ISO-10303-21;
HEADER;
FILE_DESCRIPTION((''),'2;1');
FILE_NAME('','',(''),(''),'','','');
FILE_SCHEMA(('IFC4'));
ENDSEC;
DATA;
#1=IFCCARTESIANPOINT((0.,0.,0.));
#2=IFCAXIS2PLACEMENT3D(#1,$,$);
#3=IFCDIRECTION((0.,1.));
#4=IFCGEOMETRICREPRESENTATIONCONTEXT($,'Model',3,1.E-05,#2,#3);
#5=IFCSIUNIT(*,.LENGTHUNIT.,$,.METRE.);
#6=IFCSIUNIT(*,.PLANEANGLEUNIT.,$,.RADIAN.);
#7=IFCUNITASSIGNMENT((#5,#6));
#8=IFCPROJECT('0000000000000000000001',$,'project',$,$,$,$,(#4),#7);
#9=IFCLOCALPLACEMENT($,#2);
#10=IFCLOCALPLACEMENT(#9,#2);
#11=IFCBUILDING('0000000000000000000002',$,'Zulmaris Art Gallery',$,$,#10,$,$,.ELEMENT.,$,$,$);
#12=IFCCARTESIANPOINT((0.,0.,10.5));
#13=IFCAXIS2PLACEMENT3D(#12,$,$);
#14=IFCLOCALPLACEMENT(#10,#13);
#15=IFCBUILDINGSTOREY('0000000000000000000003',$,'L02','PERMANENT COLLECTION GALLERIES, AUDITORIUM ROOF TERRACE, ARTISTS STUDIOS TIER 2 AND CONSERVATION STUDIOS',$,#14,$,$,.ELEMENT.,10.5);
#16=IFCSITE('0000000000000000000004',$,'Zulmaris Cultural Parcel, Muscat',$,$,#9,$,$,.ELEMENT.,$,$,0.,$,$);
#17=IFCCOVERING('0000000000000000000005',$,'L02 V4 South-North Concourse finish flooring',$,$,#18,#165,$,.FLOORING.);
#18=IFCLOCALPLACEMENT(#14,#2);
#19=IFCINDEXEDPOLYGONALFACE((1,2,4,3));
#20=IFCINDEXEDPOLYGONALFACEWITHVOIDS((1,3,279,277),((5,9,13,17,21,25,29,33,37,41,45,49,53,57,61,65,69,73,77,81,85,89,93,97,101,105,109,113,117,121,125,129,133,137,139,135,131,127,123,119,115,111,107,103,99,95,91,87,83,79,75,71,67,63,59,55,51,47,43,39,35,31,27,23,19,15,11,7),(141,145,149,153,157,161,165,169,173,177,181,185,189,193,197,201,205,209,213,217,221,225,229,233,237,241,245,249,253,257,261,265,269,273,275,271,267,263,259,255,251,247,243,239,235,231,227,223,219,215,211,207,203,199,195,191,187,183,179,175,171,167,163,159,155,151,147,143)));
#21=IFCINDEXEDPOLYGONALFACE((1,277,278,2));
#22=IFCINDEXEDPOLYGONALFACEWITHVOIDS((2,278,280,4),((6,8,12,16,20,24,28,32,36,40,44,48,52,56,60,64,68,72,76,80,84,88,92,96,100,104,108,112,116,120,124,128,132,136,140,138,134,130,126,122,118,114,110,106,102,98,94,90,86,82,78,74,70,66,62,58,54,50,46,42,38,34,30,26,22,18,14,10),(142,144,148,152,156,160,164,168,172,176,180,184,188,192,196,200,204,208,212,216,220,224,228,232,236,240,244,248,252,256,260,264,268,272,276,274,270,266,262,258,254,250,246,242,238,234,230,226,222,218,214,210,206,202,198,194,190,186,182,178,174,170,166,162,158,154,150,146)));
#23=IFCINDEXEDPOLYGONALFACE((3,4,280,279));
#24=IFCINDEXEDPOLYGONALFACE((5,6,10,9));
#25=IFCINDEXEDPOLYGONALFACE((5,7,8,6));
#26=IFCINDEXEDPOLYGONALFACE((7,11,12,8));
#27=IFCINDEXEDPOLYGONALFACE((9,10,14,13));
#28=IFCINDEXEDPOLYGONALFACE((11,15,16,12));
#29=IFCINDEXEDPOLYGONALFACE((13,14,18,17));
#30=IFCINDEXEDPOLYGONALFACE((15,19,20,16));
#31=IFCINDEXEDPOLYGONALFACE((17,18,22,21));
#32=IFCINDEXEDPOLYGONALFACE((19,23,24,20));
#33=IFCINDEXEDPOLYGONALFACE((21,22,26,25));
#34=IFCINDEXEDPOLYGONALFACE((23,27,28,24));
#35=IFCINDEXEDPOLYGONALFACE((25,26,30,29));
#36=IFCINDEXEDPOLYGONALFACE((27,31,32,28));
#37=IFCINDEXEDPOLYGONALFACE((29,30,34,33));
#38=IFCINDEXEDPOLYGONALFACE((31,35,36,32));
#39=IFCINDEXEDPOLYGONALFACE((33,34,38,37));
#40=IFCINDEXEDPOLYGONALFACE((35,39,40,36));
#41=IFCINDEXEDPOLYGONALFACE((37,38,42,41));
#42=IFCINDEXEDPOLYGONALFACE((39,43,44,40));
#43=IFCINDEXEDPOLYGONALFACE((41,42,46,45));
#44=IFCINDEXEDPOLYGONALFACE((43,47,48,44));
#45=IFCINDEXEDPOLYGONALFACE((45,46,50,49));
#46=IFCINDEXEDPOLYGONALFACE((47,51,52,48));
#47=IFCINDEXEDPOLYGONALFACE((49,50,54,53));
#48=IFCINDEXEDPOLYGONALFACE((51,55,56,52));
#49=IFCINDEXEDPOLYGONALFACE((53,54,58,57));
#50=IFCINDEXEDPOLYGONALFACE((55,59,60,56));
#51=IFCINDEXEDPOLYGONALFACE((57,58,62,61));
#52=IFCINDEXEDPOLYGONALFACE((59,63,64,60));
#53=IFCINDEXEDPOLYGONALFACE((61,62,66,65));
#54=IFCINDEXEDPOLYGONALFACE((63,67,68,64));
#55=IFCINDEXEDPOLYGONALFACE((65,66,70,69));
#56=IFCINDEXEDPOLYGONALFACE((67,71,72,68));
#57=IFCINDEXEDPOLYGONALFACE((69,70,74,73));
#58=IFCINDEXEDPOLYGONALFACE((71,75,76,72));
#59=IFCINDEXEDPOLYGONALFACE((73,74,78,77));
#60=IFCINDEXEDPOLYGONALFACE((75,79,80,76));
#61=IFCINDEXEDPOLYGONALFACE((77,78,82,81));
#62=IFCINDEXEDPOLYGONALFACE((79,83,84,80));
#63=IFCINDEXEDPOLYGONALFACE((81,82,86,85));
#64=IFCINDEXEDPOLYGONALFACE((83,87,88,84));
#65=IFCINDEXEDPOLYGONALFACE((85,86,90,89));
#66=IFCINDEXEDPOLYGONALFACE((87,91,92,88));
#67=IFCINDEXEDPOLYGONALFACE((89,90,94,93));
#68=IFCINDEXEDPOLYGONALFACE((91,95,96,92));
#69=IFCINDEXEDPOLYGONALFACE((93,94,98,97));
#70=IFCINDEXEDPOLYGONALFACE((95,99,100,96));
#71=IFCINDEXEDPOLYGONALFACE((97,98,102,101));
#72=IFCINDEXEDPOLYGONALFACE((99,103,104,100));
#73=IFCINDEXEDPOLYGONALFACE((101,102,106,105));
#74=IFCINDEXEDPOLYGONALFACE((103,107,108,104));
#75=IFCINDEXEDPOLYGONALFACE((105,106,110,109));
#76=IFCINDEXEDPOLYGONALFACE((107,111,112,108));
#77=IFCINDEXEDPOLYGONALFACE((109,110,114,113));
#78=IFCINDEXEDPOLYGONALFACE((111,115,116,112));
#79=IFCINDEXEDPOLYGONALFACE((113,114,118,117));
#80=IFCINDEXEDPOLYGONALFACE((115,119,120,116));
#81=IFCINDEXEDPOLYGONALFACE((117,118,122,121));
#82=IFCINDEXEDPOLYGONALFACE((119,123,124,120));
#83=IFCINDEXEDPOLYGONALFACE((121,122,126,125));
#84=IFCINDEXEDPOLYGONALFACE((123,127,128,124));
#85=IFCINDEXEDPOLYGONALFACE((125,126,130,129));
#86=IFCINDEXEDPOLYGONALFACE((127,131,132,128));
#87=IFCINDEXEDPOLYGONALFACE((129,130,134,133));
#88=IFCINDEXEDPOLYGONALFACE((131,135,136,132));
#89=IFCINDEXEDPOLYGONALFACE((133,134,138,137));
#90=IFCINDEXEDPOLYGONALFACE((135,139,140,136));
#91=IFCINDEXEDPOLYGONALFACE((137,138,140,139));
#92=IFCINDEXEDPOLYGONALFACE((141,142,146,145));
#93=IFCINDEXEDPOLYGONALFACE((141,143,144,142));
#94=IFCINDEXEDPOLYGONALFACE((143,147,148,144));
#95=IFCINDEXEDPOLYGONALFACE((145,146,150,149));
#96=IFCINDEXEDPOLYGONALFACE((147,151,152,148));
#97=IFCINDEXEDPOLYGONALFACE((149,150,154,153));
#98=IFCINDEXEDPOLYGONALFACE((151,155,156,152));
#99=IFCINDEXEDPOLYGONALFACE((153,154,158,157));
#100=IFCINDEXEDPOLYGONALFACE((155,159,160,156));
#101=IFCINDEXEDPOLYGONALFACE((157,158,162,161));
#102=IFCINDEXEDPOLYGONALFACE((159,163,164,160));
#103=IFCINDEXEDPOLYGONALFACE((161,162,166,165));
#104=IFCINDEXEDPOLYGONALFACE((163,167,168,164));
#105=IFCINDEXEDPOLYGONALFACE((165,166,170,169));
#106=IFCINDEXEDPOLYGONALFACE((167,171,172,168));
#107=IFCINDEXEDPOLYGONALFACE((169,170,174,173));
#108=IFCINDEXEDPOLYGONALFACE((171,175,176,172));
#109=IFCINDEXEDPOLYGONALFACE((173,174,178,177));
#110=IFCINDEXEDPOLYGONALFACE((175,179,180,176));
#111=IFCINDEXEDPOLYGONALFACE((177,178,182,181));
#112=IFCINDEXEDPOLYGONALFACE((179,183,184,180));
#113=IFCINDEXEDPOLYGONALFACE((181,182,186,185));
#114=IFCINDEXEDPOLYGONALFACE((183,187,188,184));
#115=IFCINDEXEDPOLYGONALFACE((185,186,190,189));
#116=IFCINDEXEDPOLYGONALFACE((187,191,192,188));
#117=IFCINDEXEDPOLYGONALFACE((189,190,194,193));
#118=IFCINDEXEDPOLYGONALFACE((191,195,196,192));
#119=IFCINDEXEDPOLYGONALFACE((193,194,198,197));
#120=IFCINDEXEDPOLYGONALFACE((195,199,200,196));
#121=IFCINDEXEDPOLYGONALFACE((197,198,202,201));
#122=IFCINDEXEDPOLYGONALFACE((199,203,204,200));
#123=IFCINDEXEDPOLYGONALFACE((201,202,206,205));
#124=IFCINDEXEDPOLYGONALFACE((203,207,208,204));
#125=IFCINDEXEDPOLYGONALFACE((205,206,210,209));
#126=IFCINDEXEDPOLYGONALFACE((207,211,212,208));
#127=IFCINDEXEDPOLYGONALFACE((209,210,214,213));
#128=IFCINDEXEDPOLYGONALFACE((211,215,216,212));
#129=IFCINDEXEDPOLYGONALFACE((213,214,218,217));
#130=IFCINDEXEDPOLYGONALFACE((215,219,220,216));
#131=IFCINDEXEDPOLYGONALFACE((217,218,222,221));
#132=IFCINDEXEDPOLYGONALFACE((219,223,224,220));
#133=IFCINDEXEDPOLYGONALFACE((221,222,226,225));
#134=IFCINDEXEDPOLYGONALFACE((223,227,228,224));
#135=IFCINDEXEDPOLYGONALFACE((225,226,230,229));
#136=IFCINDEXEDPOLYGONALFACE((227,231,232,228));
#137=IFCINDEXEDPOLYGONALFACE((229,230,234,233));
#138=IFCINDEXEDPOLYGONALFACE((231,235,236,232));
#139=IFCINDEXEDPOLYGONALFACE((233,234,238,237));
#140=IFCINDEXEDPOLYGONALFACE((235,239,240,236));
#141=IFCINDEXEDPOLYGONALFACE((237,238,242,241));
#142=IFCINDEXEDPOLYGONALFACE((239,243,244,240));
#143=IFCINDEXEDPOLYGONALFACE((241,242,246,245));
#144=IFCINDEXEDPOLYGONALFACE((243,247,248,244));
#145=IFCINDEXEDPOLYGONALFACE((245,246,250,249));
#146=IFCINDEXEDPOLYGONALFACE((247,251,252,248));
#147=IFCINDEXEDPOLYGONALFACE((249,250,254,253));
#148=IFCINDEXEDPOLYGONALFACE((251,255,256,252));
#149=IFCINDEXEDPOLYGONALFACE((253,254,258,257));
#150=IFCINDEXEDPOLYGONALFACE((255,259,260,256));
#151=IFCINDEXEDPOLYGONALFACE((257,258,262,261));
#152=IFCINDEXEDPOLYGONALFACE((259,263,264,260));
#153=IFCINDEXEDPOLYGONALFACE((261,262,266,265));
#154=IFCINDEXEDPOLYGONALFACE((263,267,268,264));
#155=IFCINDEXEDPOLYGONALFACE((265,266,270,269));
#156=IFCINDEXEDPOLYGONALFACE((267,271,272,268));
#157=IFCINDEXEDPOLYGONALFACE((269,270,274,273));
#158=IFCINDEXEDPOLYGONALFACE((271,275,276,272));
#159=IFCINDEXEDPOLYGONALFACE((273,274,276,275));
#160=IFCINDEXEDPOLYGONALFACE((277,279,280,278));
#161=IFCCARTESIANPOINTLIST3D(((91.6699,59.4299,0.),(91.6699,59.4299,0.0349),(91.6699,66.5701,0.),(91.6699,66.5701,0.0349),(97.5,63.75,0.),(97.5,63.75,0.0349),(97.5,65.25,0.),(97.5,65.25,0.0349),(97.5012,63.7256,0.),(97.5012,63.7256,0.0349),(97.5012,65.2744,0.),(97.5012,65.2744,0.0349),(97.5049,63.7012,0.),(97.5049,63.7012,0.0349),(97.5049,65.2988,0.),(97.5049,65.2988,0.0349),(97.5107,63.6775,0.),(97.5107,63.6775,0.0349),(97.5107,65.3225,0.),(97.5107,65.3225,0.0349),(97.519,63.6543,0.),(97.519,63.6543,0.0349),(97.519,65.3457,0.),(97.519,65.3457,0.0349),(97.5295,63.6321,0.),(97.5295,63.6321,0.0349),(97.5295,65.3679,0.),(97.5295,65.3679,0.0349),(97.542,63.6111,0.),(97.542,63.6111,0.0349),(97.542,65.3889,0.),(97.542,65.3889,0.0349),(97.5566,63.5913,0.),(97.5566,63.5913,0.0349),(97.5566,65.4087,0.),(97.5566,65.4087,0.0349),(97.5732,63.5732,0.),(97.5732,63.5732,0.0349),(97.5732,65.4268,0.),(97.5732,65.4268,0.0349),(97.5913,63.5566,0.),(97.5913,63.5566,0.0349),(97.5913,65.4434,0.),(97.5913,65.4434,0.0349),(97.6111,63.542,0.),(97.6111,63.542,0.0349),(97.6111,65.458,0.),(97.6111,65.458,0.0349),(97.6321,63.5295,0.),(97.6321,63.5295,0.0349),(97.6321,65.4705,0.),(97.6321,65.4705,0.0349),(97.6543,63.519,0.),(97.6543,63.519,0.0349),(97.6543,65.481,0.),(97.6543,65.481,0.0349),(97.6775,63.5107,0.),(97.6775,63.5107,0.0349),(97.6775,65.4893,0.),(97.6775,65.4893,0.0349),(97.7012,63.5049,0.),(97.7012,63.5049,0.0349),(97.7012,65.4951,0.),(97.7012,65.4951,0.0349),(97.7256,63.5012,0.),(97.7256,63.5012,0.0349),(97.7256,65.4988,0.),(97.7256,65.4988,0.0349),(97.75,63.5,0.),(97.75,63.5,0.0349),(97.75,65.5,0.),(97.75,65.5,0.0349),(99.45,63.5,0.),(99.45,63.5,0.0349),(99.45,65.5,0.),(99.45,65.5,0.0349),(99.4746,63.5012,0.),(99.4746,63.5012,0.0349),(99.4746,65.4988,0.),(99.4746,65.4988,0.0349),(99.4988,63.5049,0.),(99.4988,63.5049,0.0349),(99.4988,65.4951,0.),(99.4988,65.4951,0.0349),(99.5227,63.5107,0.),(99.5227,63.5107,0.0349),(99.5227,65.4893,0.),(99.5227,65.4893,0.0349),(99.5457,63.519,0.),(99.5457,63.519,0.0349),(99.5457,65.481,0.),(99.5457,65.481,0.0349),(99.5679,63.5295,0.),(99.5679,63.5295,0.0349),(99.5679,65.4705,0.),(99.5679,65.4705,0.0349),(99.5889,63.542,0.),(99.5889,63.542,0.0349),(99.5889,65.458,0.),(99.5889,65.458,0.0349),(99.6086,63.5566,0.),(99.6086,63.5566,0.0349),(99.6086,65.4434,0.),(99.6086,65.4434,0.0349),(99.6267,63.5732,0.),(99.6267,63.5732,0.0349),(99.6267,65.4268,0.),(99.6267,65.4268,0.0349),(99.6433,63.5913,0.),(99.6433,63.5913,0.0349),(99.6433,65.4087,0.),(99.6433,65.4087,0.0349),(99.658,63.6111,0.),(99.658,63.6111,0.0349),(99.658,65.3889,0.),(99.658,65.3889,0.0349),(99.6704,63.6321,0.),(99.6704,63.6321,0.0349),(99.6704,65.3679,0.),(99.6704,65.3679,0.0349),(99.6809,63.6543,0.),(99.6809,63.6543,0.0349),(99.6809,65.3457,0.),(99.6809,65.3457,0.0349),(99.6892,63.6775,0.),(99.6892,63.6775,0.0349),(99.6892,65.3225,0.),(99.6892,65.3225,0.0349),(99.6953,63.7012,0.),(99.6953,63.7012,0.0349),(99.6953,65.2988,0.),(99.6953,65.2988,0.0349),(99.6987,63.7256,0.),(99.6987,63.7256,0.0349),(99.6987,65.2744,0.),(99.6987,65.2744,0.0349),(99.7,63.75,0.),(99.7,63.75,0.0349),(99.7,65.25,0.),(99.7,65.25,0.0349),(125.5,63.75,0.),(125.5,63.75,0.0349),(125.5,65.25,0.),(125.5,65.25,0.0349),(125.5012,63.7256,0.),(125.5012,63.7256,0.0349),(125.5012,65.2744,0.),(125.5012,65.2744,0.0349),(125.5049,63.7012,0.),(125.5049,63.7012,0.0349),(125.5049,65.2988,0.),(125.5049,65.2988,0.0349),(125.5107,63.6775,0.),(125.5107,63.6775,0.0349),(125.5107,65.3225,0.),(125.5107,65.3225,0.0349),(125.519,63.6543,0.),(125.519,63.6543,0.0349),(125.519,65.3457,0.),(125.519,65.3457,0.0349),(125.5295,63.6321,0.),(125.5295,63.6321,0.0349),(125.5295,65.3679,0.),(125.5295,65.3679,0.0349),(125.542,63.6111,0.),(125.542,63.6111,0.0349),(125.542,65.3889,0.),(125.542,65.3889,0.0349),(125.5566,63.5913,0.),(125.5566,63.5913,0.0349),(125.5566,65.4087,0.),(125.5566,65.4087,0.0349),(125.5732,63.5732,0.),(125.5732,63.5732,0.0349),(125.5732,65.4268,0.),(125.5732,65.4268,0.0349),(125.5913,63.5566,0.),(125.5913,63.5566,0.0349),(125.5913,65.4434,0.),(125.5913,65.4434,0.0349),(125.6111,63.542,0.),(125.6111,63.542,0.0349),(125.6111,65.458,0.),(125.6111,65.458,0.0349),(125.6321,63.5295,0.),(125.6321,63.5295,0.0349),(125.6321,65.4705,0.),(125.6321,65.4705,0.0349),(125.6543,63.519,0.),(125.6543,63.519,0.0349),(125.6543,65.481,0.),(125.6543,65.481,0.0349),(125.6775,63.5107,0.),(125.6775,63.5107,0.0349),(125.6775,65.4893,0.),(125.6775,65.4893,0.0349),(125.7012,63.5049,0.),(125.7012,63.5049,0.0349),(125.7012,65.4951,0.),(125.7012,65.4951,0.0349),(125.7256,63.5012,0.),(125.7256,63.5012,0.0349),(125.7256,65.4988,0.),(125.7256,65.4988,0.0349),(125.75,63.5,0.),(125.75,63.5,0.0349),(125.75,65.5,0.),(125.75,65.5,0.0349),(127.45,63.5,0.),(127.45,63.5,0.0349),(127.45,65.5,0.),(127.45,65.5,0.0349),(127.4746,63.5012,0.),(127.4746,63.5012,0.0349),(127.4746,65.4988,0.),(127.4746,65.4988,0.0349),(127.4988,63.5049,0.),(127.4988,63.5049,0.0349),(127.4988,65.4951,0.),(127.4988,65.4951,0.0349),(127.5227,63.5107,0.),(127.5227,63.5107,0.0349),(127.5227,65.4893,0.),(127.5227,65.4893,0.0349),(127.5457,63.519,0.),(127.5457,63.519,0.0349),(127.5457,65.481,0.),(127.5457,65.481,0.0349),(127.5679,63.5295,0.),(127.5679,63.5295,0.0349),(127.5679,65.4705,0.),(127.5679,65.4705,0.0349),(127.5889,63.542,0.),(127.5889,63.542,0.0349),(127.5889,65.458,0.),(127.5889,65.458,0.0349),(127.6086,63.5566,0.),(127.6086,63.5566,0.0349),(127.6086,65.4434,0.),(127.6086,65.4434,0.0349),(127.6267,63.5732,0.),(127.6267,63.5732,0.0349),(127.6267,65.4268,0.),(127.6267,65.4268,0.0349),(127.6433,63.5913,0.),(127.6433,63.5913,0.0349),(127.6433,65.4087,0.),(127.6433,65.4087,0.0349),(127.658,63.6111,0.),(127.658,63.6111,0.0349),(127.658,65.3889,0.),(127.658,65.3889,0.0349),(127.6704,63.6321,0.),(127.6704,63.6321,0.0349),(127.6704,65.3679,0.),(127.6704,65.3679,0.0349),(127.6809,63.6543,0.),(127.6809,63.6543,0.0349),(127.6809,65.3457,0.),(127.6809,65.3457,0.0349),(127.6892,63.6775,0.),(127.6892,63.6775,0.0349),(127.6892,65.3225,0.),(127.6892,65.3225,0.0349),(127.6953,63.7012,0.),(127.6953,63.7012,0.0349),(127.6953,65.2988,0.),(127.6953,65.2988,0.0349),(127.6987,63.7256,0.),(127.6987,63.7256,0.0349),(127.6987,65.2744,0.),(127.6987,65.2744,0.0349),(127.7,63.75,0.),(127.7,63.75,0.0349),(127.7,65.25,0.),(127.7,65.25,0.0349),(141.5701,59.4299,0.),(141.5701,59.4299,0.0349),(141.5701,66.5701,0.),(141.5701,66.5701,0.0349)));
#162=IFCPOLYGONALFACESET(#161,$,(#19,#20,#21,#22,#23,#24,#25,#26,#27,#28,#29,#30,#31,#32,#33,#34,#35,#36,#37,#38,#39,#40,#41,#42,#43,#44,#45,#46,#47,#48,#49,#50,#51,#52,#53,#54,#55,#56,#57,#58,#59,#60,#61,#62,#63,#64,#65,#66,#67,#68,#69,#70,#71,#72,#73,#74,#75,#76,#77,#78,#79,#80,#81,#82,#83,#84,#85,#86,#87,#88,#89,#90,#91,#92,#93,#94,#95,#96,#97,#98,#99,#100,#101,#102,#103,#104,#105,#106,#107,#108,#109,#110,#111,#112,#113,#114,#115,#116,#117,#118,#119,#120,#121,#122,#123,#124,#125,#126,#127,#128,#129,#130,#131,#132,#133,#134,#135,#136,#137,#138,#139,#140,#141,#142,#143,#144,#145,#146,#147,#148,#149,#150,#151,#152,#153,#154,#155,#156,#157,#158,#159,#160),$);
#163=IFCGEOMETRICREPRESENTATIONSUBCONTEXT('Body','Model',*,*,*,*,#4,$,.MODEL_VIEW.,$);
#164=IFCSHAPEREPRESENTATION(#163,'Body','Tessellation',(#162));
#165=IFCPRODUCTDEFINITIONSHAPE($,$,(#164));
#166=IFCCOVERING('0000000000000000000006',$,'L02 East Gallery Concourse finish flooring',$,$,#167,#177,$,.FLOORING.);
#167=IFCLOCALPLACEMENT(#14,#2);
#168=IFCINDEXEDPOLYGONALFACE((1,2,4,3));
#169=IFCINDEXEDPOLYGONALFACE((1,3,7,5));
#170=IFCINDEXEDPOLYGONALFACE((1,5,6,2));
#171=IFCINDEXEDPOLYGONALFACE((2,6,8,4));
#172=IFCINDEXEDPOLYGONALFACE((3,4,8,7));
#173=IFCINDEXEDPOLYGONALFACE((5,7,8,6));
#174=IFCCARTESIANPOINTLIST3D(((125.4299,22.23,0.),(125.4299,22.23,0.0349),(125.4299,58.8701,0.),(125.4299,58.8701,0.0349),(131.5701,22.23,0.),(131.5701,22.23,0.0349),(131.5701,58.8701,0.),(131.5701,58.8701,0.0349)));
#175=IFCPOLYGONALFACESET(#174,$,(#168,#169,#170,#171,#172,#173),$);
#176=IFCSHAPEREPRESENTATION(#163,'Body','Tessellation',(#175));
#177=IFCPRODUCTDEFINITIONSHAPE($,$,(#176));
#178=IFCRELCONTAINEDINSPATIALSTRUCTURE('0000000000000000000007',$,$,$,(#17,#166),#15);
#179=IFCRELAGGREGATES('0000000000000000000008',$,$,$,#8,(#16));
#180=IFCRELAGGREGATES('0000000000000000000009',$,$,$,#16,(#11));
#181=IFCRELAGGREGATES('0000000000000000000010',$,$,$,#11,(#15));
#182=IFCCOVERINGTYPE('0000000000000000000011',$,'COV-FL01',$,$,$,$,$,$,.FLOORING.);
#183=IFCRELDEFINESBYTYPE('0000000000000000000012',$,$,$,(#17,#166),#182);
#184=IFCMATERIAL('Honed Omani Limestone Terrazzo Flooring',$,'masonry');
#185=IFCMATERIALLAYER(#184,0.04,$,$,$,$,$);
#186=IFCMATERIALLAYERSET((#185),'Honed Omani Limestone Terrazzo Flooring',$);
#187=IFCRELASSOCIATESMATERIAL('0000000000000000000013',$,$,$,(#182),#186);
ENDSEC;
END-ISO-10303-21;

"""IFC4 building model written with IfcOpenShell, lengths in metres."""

from ifc_helpers import new_model, si_unit, direction, frame, origin, place, context, subcontext, project, spatial, polyline, outline, extrude, material, layer, layer_set, type_object, element, save


model = new_model("IFC4")

# Units and contexts
model_context = context("Model", 3, precision=1e-05, world=origin(), true_north=direction((0.0, 1.0)))
body_context = subcontext(model_context, "Body", "Model", "MODEL_VIEW")
ifc_project = project(units=[si_unit("LENGTHUNIT", "METRE"), si_unit("PLANEANGLEUNIT", "RADIAN")], contexts=[model_context])

# Site, building, storey
site_placement = place(None, origin())
site = spatial("IfcSite", under=ifc_project, at=site_placement, Name="Zulmaris Cultural Parcel, Muscat", CompositionType="ELEMENT", RefElevation=0.0)
building_placement = place(site_placement, origin())
building = spatial("IfcBuilding", under=site, at=building_placement, Name="Zulmaris Art Gallery", CompositionType="ELEMENT")
storey_placement = place(building_placement, frame((0.0, 0.0, 10.5)))
storey = spatial("IfcBuildingStorey", under=building, at=storey_placement, Name="L02", Description="PERMANENT COLLECTION GALLERIES, AUDITORIUM ROOF TERRACE, ARTISTS STUDIOS TIER 2 AND CONSERVATION STUDIOS", CompositionType="ELEMENT", Elevation=10.5)

# Coverings
ifc_material_1 = material(Name="Honed Omani Limestone Terrazzo Flooring", Category="masonry")
ifc_layer_1 = layer(ifc_material_1, 0.04)
ifc_layer_set_1 = layer_set([ifc_layer_1], Name="Honed Omani Limestone Terrazzo Flooring")
covering_type_1 = type_object("IfcCoveringType", Name="COV-FL01", PredefinedType="FLOORING", material=ifc_layer_set_1)
covering_1_placement = place(storey_placement, origin())
element("IfcCovering", 1, at=covering_1_placement, inside=storey, type_object=covering_type_1, Name="L02 V4 South-North Concourse finish flooring", PredefinedType="FLOORING", context=body_context, shape_type="SweptSolid", body=[
    extrude(outline(polyline([(141.5701, 59.4299), (91.6699, 59.4299), (91.6699, 66.5701), (141.5701, 66.5701), (141.5701, 59.4299)]), holes=[polyline([(125.7256, 65.4988), (125.7012, 65.4951), (125.6775, 65.4893), (125.6543, 65.481), (125.6321, 65.4705), (125.6111, 65.458), (125.5913, 65.4434), (125.5732, 65.4268), (125.5566, 65.4087), (125.542, 65.3889), (125.5295, 65.3679), (125.519, 65.3457), (125.5107, 65.3225), (125.5049, 65.2988), (125.5012, 65.2744), (125.5, 65.25), (125.5, 63.75), (125.5012, 63.7256), (125.5049, 63.7012), (125.5107, 63.6775), (125.519, 63.6543), (125.5295, 63.6321), (125.542, 63.6111), (125.5566, 63.5913), (125.5732, 63.5732), (125.5913, 63.5566), (125.6111, 63.542), (125.6321, 63.5295), (125.6543, 63.519), (125.6775, 63.5107), (125.7012, 63.5049), (125.7256, 63.5012), (125.75, 63.5), (127.45, 63.5), (127.4746, 63.5012), (127.4988, 63.5049), (127.5227, 63.5107), (127.5457, 63.519), (127.5679, 63.5295), (127.5889, 63.542), (127.6086, 63.5566), (127.6267, 63.5732), (127.6433, 63.5913), (127.658, 63.6111), (127.6704, 63.6321), (127.6809, 63.6543), (127.6892, 63.6775), (127.6953, 63.7012), (127.6987, 63.7256), (127.7, 63.75), (127.7, 65.25), (127.6987, 65.2744), (127.6953, 65.2988), (127.6892, 65.3225), (127.6809, 65.3457), (127.6704, 65.3679), (127.658, 65.3889), (127.6433, 65.4087), (127.6267, 65.4268), (127.6086, 65.4434), (127.5889, 65.458), (127.5679, 65.4705), (127.5457, 65.481), (127.5227, 65.4893), (127.4988, 65.4951), (127.4746, 65.4988), (127.45, 65.5), (125.75, 65.5), (125.7256, 65.4988)]), polyline([(97.7256, 65.4988), (97.7012, 65.4951), (97.6775, 65.4893), (97.6543, 65.481), (97.6321, 65.4705), (97.6111, 65.458), (97.5913, 65.4434), (97.5732, 65.4268), (97.5566, 65.4087), (97.542, 65.3889), (97.5295, 65.3679), (97.519, 65.3457), (97.5107, 65.3225), (97.5049, 65.2988), (97.5012, 65.2744), (97.5, 65.25), (97.5, 63.75), (97.5012, 63.7256), (97.5049, 63.7012), (97.5107, 63.6775), (97.519, 63.6543), (97.5295, 63.6321), (97.542, 63.6111), (97.5566, 63.5913), (97.5732, 63.5732), (97.5913, 63.5566), (97.6111, 63.542), (97.6321, 63.5295), (97.6543, 63.519), (97.6775, 63.5107), (97.7012, 63.5049), (97.7256, 63.5012), (97.75, 63.5), (99.45, 63.5), (99.4746, 63.5012), (99.4988, 63.5049), (99.5227, 63.5107), (99.5457, 63.519), (99.5679, 63.5295), (99.5889, 63.542), (99.6086, 63.5566), (99.6267, 63.5732), (99.6433, 63.5913), (99.658, 63.6111), (99.6704, 63.6321), (99.6809, 63.6543), (99.6892, 63.6775), (99.6953, 63.7012), (99.6987, 63.7256), (99.7, 63.75), (99.7, 65.25), (99.6987, 65.2744), (99.6953, 65.2988), (99.6892, 65.3225), (99.6809, 65.3457), (99.6704, 65.3679), (99.658, 65.3889), (99.6433, 65.4087), (99.6267, 65.4268), (99.6086, 65.4434), (99.5889, 65.458), (99.5679, 65.4705), (99.5457, 65.481), (99.5227, 65.4893), (99.4988, 65.4951), (99.4746, 65.4988), (99.45, 65.5), (97.75, 65.5), (97.7256, 65.4988)])]), origin(), (0.0, 0.0, 1.0), 0.0349),
])
covering_2_placement = place(storey_placement, origin())
element("IfcCovering", 2, at=covering_2_placement, inside=storey, type_object=covering_type_1, Name="L02 East Gallery Concourse finish flooring", PredefinedType="FLOORING", context=body_context, shape_type="SweptSolid", body=[
    extrude(outline(polyline([(131.5701, 22.23), (125.4299, 22.23), (125.4299, 58.8701), (131.5701, 58.8701), (131.5701, 22.23)])), origin(), (0.0, 0.0, 1.0), 0.0349),
])

save(model, "model.ifc")
